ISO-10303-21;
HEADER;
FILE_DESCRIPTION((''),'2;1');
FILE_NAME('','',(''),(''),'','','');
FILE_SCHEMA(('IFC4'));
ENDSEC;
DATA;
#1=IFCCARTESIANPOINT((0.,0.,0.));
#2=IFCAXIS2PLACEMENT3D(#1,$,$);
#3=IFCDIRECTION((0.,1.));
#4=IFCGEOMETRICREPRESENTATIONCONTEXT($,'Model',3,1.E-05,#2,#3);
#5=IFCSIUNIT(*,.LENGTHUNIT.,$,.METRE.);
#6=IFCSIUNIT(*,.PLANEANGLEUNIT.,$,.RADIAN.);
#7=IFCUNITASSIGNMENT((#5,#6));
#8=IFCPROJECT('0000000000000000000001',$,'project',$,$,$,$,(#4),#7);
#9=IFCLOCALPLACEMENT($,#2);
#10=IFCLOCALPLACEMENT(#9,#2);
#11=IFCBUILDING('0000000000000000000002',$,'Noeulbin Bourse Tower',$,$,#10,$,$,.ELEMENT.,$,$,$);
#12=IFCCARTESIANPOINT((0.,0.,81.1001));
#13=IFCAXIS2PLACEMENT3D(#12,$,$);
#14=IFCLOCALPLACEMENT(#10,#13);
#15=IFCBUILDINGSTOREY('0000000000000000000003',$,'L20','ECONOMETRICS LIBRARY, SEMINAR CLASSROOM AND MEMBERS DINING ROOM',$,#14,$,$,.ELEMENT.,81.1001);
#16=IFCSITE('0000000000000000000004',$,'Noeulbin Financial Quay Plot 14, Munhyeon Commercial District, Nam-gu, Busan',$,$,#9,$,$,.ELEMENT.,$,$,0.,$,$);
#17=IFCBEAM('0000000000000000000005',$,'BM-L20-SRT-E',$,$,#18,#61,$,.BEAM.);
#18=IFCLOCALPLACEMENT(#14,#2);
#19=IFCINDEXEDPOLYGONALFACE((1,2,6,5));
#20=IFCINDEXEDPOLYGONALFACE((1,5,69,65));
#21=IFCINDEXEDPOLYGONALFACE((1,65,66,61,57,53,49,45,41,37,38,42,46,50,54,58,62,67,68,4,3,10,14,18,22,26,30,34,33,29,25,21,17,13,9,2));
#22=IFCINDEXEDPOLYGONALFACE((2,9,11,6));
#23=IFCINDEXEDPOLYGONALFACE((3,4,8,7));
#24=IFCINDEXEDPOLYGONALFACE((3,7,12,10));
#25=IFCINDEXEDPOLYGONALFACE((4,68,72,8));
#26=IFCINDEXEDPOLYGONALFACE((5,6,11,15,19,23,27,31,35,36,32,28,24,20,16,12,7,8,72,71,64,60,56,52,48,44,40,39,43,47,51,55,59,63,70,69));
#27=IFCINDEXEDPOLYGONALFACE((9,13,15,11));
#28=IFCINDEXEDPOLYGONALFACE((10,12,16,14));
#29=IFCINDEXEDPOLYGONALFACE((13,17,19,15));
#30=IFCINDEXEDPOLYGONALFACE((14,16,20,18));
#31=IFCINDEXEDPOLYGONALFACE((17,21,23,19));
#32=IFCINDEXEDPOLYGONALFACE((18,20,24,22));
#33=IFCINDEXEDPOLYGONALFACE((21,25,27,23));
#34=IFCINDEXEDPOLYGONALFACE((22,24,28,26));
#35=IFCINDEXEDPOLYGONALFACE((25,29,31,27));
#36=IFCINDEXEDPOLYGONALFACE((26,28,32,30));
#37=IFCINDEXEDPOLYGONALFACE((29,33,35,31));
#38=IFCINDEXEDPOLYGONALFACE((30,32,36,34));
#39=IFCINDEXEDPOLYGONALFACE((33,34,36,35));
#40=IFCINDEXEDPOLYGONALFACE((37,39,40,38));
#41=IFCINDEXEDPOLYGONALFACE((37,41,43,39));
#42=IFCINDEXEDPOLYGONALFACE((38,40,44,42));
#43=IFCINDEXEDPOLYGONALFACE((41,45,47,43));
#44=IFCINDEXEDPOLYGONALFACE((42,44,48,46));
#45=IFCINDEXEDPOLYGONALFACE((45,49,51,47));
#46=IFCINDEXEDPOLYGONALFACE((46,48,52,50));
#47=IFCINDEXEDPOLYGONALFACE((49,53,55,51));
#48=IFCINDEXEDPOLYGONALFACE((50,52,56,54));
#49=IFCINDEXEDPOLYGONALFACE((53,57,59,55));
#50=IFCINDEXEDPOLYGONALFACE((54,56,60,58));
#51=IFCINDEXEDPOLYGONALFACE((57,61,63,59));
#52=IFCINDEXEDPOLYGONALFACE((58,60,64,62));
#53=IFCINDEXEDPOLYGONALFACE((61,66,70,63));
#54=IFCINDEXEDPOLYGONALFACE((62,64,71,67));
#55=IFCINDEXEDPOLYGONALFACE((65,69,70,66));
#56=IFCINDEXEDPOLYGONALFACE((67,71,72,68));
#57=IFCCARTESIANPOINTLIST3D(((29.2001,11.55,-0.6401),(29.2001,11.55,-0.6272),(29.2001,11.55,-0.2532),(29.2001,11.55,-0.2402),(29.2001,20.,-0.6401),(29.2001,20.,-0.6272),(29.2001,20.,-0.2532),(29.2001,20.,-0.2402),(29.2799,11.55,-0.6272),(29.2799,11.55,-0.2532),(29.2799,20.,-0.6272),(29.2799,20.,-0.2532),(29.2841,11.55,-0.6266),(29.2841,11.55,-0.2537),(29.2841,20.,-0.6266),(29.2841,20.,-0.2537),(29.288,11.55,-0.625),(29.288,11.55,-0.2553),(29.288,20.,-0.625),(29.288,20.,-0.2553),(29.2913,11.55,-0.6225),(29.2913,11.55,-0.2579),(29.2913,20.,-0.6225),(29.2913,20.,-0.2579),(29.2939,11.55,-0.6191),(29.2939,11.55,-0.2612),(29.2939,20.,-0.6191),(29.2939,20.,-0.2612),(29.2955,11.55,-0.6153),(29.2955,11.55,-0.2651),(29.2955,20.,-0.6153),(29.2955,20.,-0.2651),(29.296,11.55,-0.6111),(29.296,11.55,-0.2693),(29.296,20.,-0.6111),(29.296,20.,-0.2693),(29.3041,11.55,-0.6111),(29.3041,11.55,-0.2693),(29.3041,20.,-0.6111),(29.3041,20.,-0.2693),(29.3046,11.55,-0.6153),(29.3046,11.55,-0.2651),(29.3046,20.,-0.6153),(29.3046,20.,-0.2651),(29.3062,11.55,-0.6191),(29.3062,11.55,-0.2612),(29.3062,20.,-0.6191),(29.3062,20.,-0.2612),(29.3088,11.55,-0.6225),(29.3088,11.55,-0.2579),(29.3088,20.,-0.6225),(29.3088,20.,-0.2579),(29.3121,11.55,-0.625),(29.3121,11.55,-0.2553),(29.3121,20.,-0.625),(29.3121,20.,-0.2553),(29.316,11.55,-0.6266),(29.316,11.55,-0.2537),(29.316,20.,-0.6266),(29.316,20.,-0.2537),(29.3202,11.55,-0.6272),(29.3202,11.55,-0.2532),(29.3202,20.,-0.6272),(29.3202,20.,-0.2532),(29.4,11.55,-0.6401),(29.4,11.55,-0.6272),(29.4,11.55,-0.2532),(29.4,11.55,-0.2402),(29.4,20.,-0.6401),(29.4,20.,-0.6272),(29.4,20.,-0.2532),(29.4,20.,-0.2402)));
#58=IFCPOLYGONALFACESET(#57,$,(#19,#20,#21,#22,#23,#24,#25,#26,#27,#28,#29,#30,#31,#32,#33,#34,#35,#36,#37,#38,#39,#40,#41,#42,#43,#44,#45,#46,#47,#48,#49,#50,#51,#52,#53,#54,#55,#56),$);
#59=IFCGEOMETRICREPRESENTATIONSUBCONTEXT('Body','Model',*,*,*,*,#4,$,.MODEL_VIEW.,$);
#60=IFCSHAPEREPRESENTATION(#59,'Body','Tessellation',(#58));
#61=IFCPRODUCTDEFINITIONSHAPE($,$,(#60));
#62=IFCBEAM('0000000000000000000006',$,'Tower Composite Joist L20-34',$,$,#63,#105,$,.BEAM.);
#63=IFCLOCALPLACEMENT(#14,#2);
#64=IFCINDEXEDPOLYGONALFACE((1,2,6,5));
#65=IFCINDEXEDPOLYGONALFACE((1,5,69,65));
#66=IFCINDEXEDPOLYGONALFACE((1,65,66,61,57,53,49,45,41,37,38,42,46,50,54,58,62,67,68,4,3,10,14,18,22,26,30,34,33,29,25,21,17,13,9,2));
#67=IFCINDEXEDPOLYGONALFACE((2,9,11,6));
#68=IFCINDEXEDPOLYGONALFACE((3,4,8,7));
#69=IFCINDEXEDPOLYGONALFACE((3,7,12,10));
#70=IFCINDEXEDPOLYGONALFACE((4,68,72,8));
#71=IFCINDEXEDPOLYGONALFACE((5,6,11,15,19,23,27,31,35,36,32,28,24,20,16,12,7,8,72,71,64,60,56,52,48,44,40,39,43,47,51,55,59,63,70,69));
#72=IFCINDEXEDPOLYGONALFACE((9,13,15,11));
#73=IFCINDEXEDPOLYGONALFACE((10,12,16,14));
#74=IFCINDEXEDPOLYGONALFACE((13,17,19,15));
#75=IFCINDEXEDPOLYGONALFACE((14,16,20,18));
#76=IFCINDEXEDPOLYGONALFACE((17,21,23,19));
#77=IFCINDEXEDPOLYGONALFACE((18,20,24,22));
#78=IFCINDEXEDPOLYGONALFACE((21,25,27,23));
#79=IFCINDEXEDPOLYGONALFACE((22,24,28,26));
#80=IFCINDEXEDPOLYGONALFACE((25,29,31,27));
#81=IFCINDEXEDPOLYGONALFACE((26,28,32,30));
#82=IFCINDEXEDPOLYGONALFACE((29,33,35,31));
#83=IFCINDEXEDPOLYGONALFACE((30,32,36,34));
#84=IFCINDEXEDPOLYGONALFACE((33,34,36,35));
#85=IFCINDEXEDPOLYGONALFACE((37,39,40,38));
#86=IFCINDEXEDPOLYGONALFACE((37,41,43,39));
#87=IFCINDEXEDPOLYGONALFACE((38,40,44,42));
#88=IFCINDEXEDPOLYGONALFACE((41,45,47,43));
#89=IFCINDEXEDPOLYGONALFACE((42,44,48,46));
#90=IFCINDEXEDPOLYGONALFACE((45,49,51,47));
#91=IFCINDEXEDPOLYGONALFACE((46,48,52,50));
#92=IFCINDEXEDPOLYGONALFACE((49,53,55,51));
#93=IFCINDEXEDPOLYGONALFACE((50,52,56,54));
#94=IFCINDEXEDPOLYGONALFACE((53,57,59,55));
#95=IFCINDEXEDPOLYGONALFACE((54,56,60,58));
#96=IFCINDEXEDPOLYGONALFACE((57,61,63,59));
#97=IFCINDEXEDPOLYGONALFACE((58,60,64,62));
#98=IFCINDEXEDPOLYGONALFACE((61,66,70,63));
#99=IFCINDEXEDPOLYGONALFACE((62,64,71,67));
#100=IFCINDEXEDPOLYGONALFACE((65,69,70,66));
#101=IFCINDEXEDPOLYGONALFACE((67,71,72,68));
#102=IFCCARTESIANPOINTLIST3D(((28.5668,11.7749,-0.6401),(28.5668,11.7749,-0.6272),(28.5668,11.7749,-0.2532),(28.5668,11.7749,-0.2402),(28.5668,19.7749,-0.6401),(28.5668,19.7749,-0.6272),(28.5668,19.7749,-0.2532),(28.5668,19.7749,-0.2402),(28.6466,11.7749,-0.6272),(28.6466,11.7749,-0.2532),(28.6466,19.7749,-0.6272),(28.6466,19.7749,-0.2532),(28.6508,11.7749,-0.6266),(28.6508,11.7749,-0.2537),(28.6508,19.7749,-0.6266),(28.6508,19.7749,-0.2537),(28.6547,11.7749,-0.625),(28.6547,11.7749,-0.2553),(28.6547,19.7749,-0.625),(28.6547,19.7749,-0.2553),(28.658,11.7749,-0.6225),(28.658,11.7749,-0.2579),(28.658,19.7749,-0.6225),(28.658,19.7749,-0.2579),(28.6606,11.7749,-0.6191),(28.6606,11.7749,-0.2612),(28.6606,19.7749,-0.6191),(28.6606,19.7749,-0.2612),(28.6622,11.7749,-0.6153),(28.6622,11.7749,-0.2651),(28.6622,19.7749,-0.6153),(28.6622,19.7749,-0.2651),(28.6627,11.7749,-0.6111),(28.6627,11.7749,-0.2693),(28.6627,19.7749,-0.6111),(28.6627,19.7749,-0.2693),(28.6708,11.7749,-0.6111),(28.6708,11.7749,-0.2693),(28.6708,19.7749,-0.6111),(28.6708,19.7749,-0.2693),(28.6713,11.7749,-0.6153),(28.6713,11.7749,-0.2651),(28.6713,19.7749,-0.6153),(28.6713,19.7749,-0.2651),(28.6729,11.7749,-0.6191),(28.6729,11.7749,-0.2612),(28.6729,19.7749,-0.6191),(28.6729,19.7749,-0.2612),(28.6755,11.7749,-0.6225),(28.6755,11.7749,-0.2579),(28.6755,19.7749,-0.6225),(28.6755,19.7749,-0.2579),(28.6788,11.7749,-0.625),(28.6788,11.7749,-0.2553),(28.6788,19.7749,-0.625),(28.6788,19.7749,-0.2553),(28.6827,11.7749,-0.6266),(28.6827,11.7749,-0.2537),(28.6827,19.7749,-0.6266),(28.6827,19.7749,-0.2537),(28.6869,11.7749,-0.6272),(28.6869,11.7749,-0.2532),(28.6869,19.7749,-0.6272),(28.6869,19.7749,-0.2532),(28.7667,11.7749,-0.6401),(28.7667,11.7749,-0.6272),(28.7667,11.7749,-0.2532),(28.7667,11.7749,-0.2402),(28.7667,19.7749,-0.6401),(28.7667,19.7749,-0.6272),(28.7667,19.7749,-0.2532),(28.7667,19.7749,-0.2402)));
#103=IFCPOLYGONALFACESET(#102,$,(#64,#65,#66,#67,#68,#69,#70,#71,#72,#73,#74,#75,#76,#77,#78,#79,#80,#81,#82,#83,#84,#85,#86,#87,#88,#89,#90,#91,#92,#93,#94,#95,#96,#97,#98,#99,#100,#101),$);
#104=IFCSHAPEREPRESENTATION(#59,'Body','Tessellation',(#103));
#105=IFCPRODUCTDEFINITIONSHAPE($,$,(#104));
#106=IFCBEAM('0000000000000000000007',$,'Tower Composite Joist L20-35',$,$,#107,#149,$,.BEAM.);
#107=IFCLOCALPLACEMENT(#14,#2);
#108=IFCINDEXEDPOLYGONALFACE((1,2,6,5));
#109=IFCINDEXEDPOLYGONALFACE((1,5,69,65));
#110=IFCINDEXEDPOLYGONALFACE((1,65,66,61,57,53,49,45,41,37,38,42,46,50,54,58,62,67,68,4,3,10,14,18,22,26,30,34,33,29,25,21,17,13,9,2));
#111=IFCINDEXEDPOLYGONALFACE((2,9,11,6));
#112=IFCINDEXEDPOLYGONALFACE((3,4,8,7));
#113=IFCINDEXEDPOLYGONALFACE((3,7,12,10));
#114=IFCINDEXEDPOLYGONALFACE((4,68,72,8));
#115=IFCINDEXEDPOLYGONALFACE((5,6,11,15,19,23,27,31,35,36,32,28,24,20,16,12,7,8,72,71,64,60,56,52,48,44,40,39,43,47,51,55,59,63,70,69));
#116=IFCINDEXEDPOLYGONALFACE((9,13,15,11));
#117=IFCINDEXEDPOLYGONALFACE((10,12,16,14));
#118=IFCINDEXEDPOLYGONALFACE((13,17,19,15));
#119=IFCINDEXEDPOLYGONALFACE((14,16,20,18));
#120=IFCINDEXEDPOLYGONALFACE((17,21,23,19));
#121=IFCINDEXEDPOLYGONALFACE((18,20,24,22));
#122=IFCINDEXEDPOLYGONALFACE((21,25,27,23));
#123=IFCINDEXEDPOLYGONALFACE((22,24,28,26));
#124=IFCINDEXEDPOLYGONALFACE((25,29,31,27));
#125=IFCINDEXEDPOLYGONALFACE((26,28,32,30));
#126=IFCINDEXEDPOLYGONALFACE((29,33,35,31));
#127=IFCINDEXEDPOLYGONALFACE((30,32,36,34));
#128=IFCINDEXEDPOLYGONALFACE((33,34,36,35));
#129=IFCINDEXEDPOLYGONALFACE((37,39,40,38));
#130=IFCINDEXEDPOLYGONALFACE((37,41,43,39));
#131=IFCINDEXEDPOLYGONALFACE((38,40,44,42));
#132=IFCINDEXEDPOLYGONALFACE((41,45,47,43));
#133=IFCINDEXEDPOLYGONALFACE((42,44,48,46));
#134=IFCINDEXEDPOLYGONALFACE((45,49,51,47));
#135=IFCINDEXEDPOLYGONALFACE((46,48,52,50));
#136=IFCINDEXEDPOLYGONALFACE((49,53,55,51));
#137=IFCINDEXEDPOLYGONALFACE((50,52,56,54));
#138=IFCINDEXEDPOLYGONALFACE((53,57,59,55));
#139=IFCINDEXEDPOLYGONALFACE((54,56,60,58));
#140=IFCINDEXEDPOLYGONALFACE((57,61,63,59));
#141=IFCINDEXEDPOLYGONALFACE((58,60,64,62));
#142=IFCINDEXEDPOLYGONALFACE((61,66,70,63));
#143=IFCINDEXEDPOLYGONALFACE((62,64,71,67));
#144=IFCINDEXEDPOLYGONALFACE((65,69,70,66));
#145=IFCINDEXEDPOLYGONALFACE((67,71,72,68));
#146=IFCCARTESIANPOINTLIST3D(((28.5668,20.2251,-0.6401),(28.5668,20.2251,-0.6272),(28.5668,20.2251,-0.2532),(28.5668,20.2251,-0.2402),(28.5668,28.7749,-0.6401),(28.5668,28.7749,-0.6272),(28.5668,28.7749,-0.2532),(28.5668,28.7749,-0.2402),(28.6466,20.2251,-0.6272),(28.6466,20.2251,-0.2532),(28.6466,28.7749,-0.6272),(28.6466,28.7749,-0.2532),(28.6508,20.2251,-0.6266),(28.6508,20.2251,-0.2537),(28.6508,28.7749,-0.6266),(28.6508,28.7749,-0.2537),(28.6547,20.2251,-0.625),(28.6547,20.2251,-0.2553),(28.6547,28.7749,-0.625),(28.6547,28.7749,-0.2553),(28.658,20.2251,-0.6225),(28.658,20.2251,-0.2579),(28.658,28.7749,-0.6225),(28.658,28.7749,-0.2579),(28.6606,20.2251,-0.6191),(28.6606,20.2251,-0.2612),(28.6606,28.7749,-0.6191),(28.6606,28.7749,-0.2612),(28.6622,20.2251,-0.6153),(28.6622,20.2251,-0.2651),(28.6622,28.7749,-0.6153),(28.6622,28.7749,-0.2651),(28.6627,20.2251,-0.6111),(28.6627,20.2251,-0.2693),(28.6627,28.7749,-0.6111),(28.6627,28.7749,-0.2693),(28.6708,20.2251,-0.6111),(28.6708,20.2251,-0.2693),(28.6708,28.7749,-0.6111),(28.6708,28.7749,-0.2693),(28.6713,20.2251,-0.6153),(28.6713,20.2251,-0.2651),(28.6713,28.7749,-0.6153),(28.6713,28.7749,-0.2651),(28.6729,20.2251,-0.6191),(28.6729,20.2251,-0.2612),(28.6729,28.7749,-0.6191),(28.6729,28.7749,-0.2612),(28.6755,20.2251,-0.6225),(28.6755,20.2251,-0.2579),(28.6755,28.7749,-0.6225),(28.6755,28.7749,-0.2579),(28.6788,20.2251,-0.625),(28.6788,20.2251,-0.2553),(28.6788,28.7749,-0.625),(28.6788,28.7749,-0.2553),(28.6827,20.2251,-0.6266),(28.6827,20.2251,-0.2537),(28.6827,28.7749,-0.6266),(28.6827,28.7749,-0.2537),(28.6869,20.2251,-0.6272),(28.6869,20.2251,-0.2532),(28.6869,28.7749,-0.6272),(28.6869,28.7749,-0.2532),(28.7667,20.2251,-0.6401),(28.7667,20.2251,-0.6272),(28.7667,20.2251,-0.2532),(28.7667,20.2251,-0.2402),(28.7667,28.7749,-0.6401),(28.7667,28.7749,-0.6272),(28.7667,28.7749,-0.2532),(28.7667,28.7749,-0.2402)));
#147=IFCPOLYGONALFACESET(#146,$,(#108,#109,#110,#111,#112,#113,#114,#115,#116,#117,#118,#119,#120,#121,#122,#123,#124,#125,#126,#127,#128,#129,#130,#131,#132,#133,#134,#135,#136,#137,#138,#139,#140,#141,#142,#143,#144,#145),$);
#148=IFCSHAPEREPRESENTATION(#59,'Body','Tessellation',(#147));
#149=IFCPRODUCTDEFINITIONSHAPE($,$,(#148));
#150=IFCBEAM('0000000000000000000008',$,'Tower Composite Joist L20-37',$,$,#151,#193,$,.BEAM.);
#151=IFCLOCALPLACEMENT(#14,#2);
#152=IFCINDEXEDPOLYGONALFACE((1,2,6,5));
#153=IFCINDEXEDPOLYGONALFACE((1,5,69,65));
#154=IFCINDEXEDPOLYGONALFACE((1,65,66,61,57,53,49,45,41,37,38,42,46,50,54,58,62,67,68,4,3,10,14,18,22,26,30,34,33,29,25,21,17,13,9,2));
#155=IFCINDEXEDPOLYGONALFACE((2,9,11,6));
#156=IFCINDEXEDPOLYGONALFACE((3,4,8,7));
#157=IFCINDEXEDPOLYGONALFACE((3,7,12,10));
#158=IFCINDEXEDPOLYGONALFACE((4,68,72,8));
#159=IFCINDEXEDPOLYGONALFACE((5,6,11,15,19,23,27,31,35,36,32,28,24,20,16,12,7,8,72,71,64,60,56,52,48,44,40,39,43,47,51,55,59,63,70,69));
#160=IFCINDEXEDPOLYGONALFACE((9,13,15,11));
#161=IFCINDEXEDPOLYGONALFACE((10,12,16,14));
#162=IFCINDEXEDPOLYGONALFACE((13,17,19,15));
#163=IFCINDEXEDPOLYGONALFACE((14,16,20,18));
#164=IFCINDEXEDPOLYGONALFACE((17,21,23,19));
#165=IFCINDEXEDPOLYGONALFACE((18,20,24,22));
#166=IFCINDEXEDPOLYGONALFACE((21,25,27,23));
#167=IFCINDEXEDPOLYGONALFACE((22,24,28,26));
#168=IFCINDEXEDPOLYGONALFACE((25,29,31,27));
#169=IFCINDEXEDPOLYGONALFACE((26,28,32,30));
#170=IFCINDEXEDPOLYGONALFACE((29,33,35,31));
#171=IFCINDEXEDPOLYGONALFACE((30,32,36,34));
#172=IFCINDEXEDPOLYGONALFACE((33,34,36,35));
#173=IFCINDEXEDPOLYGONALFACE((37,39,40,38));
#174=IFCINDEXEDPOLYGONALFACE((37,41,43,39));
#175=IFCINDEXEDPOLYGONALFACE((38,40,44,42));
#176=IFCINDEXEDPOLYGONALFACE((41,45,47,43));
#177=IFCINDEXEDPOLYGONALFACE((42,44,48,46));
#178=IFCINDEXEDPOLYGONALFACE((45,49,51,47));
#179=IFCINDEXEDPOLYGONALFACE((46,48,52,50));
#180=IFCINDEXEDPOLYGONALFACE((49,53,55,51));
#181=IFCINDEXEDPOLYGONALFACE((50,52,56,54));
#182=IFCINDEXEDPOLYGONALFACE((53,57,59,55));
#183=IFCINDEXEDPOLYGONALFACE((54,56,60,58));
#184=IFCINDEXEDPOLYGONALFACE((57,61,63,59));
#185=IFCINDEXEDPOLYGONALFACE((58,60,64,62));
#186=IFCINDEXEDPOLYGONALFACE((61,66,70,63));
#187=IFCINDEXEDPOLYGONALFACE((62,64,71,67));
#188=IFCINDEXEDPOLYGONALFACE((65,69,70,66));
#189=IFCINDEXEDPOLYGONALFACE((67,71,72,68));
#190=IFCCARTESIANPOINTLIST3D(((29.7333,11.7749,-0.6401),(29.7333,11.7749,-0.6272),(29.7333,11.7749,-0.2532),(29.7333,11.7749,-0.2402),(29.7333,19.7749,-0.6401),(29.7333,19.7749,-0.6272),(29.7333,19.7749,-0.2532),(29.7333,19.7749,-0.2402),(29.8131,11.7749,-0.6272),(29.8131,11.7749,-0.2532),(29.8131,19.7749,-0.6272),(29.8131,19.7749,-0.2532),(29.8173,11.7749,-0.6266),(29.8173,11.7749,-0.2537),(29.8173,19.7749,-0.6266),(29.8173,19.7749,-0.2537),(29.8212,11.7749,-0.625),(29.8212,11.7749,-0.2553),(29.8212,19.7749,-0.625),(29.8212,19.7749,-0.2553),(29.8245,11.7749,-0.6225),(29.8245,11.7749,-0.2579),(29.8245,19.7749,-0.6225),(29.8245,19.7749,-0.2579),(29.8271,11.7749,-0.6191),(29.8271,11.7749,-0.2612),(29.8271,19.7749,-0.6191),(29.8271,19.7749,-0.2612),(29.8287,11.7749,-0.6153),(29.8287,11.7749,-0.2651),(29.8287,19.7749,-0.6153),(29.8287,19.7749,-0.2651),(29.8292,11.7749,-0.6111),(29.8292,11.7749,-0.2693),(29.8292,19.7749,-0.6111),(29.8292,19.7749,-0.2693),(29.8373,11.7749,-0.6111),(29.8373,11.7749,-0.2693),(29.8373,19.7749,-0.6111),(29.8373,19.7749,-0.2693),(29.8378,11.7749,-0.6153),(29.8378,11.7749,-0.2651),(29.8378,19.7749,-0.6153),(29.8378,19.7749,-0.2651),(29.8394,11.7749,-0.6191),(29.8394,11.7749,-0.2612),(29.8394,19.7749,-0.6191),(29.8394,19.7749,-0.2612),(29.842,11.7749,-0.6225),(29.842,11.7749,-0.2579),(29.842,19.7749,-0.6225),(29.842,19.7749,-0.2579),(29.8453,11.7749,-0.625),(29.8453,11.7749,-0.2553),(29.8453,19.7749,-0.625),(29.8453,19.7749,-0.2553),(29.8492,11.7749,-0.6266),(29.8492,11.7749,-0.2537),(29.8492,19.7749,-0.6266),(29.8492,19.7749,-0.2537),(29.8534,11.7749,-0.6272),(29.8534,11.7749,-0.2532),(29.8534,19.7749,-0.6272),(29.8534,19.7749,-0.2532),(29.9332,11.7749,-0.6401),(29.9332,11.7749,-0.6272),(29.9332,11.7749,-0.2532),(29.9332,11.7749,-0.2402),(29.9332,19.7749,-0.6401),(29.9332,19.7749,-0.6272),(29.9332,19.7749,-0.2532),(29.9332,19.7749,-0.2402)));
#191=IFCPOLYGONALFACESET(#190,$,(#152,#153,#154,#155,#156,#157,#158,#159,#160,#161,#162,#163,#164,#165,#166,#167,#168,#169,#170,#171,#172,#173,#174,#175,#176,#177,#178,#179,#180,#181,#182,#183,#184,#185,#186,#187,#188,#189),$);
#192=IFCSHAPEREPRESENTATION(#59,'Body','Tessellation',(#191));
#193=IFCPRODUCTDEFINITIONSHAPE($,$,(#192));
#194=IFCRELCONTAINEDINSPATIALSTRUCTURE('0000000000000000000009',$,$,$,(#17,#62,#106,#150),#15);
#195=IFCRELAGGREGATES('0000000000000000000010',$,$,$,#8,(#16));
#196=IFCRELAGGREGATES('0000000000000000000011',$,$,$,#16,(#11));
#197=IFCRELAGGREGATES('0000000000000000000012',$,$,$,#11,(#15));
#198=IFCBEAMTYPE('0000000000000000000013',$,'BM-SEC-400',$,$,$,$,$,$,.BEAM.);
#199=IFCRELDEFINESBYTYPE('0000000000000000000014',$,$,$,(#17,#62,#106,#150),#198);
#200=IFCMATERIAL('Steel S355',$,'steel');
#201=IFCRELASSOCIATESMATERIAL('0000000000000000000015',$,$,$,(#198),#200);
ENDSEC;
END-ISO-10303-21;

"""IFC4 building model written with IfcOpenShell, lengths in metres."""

from ifc_helpers import new_model, si_unit, direction, frame, origin, origin_2d, place, context, subcontext, project, spatial, i_section, extrude, material, material_profile, profile_set, type_object, element, save


model = new_model("IFC4")

# Units and contexts
model_context = context("Model", 3, precision=1e-05, world=origin(), true_north=direction((0.0, 1.0)))
body_context = subcontext(model_context, "Body", "Model", "MODEL_VIEW")
ifc_project = project(units=[si_unit("LENGTHUNIT", "METRE"), si_unit("PLANEANGLEUNIT", "RADIAN")], contexts=[model_context])

# Site, building, storey
site_placement = place(None, origin())
site = spatial("IfcSite", under=ifc_project, at=site_placement, Name="Noeulbin Financial Quay Plot 14, Munhyeon Commercial District, Nam-gu, Busan", CompositionType="ELEMENT", RefElevation=0.0)
building_placement = place(site_placement, origin())
building = spatial("IfcBuilding", under=site, at=building_placement, Name="Noeulbin Bourse Tower", CompositionType="ELEMENT")
storey_placement = place(building_placement, frame((0.0, 0.0, 81.1001)))
storey = spatial("IfcBuildingStorey", under=building, at=storey_placement, Name="L20", Description="ECONOMETRICS LIBRARY, SEMINAR CLASSROOM AND MEMBERS DINING ROOM", CompositionType="ELEMENT", Elevation=81.1001)

# Beams
ifc_material_1 = material(Name="Steel S355", Category="steel")
ifc_material_profile_1 = material_profile(ifc_material_1, i_section(OverallWidth=0.2, OverallDepth=0.3999, WebThickness=0.0081, FlangeThickness=0.0129, FilletRadius=0.0161, at=origin_2d()), Name="H-400x200x8x13", Category="LoadBearing")
ifc_profile_set_1 = profile_set([ifc_material_profile_1], Name="Steel S355")
beam_type_1 = type_object("IfcBeamType", Name="BM-SEC-400", PredefinedType="BEAM", material=ifc_profile_set_1)
beam_1_placement = place(storey_placement, frame((29.3, 11.55, -0.4402), z_axis=(0.0, 1.0, 0.0), x_axis=(-1.0, 0.0, 0.0)))
element("IfcBeam", 1, at=beam_1_placement, inside=storey, type_object=beam_type_1, Name="BM-L20-SRT-E", PredefinedType="BEAM", context=body_context, shape_type="SweptSolid", body=[
    extrude(i_section(OverallWidth=0.2, OverallDepth=0.3999, WebThickness=0.0081, FlangeThickness=0.0129, FilletRadius=0.0161, at=origin_2d()), origin(), (0.0, 0.0, 1.0), 8.45),
])
beam_2_placement = place(storey_placement, frame((28.6667, 11.7749, -0.4402), z_axis=(0.0, 1.0, 0.0), x_axis=(-1.0, 0.0, 0.0)))
element("IfcBeam", 2, at=beam_2_placement, inside=storey, type_object=beam_type_1, Name="Tower Composite Joist L20-34", PredefinedType="BEAM", context=body_context, shape_type="SweptSolid", body=[
    extrude(i_section(OverallWidth=0.2, OverallDepth=0.3999, WebThickness=0.0081, FlangeThickness=0.0129, FilletRadius=0.0161, at=origin_2d()), origin(), (0.0, 0.0, 1.0), 8.0),
])
beam_3_placement = place(storey_placement, frame((28.6667, 20.2251, -0.4402), z_axis=(0.0, 1.0, 0.0), x_axis=(-1.0, 0.0, 0.0)))
element("IfcBeam", 3, at=beam_3_placement, inside=storey, type_object=beam_type_1, Name="Tower Composite Joist L20-35", PredefinedType="BEAM", context=body_context, shape_type="SweptSolid", body=[
    extrude(i_section(OverallWidth=0.2, OverallDepth=0.3999, WebThickness=0.0081, FlangeThickness=0.0129, FilletRadius=0.0161, at=origin_2d()), origin(), (0.0, 0.0, 1.0), 8.5498),
])
beam_4_placement = place(storey_placement, frame((29.8333, 11.7749, -0.4402), z_axis=(0.0, 1.0, 0.0), x_axis=(-1.0, 0.0, 0.0)))
element("IfcBeam", 4, at=beam_4_placement, inside=storey, type_object=beam_type_1, Name="Tower Composite Joist L20-37", PredefinedType="BEAM", context=body_context, shape_type="SweptSolid", body=[
    extrude(i_section(OverallWidth=0.2, OverallDepth=0.3999, WebThickness=0.0081, FlangeThickness=0.0129, FilletRadius=0.0161, at=origin_2d()), origin(), (0.0, 0.0, 1.0), 8.0),
])

save(model, "model.ifc")
